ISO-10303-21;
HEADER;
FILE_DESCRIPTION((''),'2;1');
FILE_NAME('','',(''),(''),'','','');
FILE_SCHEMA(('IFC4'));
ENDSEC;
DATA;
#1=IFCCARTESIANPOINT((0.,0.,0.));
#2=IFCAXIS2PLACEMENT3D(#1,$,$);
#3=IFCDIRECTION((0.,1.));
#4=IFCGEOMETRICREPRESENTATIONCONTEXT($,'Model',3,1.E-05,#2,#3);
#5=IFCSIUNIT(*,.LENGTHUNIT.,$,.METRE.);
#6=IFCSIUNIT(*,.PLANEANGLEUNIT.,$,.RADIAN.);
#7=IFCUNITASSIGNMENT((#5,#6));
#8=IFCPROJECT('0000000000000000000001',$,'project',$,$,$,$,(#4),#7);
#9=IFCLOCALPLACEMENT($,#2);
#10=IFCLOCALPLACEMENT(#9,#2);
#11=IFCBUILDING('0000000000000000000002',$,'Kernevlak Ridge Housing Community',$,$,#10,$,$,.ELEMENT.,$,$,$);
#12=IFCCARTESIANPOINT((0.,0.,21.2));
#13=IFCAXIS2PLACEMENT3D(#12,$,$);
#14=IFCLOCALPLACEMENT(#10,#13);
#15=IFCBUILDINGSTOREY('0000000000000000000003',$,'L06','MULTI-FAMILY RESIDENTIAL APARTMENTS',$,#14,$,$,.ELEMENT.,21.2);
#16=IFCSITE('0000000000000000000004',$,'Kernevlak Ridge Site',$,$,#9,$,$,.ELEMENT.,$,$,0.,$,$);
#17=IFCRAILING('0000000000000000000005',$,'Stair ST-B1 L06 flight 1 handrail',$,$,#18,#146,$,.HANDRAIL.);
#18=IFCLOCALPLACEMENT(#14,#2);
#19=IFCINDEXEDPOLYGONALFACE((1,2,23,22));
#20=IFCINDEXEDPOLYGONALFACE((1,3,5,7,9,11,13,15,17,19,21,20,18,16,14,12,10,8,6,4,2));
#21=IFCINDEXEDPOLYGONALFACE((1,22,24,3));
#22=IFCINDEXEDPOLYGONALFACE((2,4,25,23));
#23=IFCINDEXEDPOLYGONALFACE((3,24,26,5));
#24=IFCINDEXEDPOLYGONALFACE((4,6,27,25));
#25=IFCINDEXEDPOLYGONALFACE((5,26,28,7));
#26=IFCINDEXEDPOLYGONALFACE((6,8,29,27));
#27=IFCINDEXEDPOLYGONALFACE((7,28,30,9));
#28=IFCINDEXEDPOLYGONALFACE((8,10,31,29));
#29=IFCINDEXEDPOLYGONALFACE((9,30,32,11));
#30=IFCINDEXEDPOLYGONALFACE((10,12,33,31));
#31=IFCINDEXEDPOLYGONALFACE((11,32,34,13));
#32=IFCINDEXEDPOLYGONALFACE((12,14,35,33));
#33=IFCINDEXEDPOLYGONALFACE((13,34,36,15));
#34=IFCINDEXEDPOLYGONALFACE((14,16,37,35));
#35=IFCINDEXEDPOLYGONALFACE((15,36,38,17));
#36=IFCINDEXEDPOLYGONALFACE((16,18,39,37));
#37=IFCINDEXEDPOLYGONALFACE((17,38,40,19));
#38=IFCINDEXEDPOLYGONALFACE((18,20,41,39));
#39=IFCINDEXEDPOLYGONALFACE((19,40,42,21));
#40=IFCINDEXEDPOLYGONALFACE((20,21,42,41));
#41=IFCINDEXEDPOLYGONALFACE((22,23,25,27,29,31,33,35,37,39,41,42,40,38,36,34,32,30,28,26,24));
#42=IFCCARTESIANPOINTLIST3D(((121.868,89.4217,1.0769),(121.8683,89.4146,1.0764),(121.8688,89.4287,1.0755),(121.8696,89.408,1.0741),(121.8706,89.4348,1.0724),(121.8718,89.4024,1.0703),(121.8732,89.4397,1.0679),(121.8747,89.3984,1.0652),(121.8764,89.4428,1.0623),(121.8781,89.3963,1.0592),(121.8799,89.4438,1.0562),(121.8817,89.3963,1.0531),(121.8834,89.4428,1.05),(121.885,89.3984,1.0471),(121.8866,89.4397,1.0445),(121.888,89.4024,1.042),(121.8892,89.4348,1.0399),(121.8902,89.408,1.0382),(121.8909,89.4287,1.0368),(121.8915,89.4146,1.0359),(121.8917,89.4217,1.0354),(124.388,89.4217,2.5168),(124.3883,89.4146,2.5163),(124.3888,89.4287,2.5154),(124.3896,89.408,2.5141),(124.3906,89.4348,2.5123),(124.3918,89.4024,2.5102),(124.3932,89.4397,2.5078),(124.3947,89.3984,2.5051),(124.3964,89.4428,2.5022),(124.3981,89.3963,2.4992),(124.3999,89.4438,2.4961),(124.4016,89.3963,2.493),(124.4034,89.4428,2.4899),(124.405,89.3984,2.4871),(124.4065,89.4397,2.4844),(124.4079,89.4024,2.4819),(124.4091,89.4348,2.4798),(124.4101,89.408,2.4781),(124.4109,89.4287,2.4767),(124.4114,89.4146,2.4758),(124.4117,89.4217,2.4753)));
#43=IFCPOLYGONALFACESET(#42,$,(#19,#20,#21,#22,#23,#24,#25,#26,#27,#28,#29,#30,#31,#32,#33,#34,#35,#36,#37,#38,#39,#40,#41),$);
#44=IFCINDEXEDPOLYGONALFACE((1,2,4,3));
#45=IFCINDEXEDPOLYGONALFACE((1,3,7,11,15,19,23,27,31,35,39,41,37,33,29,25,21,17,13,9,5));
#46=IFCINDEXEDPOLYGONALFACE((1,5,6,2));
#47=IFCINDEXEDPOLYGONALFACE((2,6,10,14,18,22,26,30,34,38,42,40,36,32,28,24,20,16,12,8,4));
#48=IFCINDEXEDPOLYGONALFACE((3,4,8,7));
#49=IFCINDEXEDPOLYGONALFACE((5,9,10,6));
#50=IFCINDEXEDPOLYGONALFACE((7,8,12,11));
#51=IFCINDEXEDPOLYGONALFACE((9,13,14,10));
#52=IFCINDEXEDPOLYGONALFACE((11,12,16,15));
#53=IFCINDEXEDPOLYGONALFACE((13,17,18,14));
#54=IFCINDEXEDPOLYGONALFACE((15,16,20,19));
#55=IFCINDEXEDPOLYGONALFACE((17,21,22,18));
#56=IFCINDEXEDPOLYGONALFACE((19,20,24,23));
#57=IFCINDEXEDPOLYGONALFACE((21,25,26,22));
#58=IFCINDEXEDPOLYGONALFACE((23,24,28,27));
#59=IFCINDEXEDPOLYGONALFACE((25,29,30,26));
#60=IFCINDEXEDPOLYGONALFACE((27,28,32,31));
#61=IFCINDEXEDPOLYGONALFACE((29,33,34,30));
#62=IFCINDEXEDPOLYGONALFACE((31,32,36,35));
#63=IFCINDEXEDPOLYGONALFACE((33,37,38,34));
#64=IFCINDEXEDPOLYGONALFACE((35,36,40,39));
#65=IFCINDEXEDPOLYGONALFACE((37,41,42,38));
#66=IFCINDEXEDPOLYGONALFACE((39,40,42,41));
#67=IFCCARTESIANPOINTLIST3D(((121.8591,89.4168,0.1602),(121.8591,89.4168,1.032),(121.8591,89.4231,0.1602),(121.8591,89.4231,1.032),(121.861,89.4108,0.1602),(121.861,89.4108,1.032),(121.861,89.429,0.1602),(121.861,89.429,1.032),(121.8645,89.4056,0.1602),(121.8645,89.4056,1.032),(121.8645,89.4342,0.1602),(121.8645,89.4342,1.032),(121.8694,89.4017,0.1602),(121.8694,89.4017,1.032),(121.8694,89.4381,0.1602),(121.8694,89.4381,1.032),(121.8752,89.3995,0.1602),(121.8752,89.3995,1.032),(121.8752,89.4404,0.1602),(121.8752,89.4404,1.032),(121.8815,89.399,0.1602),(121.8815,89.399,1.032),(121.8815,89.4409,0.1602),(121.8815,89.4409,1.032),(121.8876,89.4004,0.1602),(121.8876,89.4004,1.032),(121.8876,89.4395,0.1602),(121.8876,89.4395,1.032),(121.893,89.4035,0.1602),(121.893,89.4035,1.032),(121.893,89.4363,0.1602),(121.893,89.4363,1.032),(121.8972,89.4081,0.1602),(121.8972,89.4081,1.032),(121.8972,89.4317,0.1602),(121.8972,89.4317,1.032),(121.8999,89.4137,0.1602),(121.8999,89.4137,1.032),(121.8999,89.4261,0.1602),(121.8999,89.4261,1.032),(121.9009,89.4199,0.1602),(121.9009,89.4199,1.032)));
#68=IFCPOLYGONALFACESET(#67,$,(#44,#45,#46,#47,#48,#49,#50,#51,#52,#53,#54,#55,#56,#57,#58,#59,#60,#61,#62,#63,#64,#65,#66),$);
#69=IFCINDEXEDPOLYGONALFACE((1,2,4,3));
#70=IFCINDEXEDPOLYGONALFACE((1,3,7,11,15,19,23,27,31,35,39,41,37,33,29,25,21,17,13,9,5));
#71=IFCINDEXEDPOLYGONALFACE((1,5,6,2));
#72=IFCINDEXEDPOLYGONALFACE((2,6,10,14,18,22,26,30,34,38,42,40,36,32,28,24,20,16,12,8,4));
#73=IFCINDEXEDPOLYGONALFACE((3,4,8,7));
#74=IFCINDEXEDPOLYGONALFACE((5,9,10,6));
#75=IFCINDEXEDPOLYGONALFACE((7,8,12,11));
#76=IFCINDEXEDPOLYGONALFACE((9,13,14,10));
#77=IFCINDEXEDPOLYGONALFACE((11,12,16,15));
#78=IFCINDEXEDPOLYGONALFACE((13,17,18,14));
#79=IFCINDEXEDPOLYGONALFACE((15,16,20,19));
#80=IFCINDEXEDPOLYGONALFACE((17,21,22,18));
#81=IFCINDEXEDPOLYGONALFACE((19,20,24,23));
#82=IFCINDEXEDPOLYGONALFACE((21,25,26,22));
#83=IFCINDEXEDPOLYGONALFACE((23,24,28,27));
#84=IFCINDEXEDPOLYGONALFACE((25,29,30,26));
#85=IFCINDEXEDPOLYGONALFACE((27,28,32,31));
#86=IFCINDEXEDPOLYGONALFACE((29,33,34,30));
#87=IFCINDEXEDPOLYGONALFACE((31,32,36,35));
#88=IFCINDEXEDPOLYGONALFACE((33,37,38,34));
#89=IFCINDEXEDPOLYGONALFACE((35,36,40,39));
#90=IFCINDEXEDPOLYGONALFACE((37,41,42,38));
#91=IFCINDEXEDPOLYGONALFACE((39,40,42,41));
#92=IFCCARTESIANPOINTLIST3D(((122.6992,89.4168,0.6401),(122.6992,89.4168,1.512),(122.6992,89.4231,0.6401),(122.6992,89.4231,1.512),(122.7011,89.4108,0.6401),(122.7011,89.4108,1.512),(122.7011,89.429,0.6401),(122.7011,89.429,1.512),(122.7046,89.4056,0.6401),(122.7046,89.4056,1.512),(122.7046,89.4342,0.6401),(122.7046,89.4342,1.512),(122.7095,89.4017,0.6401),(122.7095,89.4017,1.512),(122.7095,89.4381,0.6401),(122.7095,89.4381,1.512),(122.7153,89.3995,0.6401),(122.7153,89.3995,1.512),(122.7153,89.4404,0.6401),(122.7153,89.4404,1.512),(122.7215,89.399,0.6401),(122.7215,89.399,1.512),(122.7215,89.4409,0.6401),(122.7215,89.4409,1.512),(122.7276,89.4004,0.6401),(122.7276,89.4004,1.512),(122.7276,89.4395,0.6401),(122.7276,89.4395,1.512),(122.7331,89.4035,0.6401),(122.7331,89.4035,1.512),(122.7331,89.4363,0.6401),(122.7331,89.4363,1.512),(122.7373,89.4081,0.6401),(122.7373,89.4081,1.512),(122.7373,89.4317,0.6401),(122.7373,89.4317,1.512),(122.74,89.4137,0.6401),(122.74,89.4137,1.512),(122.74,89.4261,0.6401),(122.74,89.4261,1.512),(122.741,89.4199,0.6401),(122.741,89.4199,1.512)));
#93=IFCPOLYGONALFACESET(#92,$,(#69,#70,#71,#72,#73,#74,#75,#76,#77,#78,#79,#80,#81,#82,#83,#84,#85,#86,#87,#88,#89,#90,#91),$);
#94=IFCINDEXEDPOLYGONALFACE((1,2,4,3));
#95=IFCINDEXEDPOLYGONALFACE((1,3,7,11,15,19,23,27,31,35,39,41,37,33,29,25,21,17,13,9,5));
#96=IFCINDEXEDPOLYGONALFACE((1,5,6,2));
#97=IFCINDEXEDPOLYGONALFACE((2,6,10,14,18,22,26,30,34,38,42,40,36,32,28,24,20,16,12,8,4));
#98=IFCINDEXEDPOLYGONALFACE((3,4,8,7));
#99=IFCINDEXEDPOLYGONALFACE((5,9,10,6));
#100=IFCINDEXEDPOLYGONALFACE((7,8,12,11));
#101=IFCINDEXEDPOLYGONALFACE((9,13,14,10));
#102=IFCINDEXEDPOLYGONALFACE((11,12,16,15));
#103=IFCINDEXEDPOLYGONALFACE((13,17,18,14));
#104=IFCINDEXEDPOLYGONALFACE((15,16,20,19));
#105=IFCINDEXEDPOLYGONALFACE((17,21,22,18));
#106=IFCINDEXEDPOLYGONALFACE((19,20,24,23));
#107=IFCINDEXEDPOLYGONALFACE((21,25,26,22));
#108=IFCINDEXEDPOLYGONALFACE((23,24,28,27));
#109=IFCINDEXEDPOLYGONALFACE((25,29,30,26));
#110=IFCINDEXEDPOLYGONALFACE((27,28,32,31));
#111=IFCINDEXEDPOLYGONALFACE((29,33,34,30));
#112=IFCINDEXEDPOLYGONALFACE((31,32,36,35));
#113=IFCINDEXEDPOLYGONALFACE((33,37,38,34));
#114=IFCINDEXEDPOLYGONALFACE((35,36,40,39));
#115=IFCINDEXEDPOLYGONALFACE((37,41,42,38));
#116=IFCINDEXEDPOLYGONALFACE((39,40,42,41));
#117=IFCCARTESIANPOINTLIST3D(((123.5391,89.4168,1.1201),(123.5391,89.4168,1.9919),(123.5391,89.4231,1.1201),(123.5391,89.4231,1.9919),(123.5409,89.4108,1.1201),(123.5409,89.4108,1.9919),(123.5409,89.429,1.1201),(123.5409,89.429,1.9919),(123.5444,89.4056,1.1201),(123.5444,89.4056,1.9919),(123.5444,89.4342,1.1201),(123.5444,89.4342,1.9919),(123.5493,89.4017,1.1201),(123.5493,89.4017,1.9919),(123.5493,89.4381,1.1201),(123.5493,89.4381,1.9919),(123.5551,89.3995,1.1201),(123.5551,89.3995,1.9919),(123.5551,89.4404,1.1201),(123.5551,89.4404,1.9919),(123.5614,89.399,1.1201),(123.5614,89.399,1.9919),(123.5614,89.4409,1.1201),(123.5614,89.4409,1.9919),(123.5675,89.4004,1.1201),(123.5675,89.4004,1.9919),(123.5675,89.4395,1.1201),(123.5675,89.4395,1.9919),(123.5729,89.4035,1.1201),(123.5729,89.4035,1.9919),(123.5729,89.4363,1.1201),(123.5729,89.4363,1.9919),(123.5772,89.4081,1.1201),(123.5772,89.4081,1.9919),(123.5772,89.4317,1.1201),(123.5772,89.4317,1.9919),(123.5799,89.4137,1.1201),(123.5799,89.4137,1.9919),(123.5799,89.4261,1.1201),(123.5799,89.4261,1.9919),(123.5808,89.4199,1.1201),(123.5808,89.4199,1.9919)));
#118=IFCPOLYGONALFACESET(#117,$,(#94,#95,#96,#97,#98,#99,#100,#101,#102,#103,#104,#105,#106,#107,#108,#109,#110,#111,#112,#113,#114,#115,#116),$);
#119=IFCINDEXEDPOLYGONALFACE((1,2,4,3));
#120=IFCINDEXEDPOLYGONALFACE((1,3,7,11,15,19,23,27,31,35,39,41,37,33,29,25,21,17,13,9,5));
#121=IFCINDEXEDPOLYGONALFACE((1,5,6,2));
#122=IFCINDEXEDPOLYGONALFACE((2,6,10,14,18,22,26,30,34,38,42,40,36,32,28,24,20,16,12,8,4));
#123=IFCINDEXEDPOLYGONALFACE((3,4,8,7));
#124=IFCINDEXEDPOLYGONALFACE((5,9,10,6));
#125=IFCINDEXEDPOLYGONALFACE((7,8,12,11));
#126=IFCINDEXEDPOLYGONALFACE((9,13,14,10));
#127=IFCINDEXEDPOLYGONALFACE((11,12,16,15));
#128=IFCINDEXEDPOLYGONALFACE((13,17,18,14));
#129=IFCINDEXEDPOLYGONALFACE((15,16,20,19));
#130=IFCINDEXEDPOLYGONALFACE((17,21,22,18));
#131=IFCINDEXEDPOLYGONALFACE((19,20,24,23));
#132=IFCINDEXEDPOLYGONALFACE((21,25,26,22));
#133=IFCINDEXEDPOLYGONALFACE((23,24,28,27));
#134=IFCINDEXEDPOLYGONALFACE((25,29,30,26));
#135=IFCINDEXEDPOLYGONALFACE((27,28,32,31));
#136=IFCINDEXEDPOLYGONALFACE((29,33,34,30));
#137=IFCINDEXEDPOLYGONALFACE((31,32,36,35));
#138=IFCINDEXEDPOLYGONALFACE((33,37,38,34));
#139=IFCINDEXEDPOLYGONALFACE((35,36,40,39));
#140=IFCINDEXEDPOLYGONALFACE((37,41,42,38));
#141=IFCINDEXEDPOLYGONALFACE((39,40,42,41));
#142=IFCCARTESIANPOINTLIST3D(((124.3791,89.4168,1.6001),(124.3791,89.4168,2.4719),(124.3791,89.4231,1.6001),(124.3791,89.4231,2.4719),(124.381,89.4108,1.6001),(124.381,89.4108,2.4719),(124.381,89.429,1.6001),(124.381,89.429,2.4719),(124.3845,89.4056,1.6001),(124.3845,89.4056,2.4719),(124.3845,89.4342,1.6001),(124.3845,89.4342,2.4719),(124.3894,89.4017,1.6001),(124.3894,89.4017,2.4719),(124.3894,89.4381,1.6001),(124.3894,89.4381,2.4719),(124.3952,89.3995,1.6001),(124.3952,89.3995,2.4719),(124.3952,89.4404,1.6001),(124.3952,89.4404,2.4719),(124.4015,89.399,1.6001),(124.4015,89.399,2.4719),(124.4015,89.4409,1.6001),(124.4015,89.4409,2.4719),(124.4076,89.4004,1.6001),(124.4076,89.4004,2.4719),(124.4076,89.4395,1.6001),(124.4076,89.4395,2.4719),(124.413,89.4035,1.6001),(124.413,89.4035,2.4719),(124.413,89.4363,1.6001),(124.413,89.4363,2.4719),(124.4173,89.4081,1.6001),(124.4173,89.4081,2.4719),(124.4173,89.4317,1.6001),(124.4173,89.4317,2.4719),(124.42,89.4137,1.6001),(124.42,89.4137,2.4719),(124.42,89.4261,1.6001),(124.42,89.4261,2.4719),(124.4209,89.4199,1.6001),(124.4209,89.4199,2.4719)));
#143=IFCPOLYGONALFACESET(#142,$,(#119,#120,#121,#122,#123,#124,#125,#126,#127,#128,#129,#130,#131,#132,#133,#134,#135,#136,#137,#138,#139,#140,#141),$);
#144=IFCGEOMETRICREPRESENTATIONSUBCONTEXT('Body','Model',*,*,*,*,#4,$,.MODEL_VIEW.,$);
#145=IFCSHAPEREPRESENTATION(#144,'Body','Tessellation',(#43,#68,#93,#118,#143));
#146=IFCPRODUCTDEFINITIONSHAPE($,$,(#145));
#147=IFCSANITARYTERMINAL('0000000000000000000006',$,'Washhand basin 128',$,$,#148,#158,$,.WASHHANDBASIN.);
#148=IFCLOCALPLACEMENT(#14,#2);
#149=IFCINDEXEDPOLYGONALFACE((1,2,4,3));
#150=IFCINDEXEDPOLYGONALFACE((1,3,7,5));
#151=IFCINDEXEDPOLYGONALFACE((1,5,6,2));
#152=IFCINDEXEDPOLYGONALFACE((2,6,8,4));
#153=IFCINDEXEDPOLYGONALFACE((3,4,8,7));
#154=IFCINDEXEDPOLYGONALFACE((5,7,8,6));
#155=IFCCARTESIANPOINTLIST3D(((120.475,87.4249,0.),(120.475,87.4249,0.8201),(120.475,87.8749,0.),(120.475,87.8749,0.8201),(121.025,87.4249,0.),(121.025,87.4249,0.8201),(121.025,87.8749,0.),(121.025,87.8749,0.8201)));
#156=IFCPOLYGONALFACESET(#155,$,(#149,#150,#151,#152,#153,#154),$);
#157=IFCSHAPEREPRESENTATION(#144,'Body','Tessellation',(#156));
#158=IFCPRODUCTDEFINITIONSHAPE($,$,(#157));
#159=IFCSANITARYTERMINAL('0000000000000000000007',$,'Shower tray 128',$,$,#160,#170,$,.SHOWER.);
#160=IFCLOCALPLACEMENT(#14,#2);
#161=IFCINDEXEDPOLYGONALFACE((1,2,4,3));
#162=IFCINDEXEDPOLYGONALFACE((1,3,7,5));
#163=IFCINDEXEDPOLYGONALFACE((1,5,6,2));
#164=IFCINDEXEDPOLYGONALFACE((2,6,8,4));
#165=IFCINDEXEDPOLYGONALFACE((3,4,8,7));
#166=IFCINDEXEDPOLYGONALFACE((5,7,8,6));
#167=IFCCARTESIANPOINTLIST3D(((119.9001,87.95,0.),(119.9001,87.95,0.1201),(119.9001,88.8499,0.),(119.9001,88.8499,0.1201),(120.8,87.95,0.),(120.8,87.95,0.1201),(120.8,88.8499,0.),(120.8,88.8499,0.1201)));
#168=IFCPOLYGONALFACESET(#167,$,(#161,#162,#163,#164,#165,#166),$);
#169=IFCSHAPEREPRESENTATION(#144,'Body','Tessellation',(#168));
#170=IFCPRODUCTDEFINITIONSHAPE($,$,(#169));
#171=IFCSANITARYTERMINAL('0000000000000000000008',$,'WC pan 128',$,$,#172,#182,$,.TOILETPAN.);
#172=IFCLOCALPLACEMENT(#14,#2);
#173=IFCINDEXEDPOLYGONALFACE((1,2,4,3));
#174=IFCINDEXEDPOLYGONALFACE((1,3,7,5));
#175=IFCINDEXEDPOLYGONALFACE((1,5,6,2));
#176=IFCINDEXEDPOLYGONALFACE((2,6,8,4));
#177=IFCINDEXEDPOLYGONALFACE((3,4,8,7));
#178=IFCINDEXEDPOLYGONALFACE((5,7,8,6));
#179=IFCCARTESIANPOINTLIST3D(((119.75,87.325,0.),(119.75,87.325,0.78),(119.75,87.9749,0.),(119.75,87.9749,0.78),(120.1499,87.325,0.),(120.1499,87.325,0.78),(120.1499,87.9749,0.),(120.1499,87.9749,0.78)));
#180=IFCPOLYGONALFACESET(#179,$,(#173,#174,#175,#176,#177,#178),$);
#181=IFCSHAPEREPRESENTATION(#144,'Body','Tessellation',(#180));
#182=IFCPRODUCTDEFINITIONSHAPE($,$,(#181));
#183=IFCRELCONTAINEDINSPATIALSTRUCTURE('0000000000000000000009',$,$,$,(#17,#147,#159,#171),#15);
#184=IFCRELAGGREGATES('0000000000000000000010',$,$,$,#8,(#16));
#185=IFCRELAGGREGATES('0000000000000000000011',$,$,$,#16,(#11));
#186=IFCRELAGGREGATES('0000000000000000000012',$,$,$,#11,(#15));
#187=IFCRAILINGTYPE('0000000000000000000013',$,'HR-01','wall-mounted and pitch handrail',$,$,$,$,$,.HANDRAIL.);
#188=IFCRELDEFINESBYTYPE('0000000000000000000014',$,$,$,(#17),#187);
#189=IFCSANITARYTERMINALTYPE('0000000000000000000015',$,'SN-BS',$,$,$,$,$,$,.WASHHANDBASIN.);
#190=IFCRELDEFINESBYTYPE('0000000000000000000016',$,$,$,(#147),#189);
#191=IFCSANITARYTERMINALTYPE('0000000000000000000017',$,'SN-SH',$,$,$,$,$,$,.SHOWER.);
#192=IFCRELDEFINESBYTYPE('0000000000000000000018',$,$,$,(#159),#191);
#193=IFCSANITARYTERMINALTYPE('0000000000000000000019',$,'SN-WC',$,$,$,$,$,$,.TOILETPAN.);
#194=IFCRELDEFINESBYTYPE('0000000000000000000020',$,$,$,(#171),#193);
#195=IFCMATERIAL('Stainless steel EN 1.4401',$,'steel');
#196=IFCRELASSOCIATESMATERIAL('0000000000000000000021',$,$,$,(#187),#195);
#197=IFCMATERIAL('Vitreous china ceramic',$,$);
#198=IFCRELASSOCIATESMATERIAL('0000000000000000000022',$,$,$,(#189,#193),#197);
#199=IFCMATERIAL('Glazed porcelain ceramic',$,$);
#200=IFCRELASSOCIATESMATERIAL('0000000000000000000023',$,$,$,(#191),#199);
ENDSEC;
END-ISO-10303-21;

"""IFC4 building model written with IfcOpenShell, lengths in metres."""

from ifc_helpers import new_model, si_unit, direction, frame, origin, origin_2d, place, context, subcontext, project, spatial, rectangle, circle, extrude, material, type_object, element, save


model = new_model("IFC4")

# Units and contexts
model_context = context("Model", 3, precision=1e-05, world=origin(), true_north=direction((0.0, 1.0)))
body_context = subcontext(model_context, "Body", "Model", "MODEL_VIEW")
ifc_project = project(units=[si_unit("LENGTHUNIT", "METRE"), si_unit("PLANEANGLEUNIT", "RADIAN")], contexts=[model_context])

# Site, building, storey
site_placement = place(None, origin())
site = spatial("IfcSite", under=ifc_project, at=site_placement, Name="Kernevlak Ridge Site", CompositionType="ELEMENT", RefElevation=0.0)
building_placement = place(site_placement, origin())
building = spatial("IfcBuilding", under=site, at=building_placement, Name="Kernevlak Ridge Housing Community", CompositionType="ELEMENT")
storey_placement = place(building_placement, frame((0.0, 0.0, 21.2)))
storey = spatial("IfcBuildingStorey", under=building, at=storey_placement, Name="L06", Description="MULTI-FAMILY RESIDENTIAL APARTMENTS", CompositionType="ELEMENT", Elevation=21.2)

# Railing
ifc_material_1 = material(Name="Stainless steel EN 1.4401", Category="steel")
railing_type_1 = type_object("IfcRailingType", Name="HR-01", Description="wall-mounted and pitch handrail", PredefinedType="HANDRAIL", material=ifc_material_1)
railing_1_placement = place(storey_placement, frame((121.8799, 89.4199, 0.1602)))
element("IfcRailing", 1, at=railing_1_placement, inside=storey, type_object=railing_type_1, Name="Stair ST-B1 L06 flight 1 handrail", PredefinedType="HANDRAIL", context=body_context, shape_type="SweptSolid", body=[
    extrude(circle(Radius=0.0239, at=origin_2d()), frame((0.0, 0.0, 0.896), z_axis=(0.868253, 0.0, 0.496121), x_axis=(0.0, 1.0, 0.0)), (0.0, 0.0, 1.0), 2.9023),
    extrude(circle(Radius=0.021, at=origin_2d()), origin(), (0.0, 0.0, 1.0), 0.8718),
    extrude(circle(Radius=0.021, at=origin_2d()), frame((0.8401, 0.0, 0.48)), (0.0, 0.0, 1.0), 0.8718),
    extrude(circle(Radius=0.021, at=origin_2d()), frame((1.6799, 0.0, 0.96)), (0.0, 0.0, 1.0), 0.8718),
    extrude(circle(Radius=0.021, at=origin_2d()), frame((2.52, 0.0, 1.4399)), (0.0, 0.0, 1.0), 0.8718),
])

# Sanitary terminals
ifc_material_2 = material(Name="Vitreous china ceramic")
sanitary_terminal_type_1 = type_object("IfcSanitaryTerminalType", Name="SN-BS", PredefinedType="WASHHANDBASIN", material=ifc_material_2)
sanitary_terminal_1_placement = place(storey_placement, frame((120.75, 87.6499, 0.0), z_axis=(0.0, 0.0, 1.0), x_axis=(1.0, 0.0, 0.0)))
element("IfcSanitaryTerminal", 2, at=sanitary_terminal_1_placement, inside=storey, type_object=sanitary_terminal_type_1, Name="Washhand basin 128", PredefinedType="WASHHANDBASIN", context=body_context, shape_type="SweptSolid", body=[
    extrude(rectangle(XDim=0.55, YDim=0.45, at=origin_2d()), origin(), (0.0, 0.0, 1.0), 0.8201),
])
ifc_material_3 = material(Name="Glazed porcelain ceramic")
sanitary_terminal_type_2 = type_object("IfcSanitaryTerminalType", Name="SN-SH", PredefinedType="SHOWER", material=ifc_material_3)
sanitary_terminal_2_placement = place(storey_placement, frame((120.3501, 88.3999, 0.0), z_axis=(0.0, 0.0, 1.0), x_axis=(1.0, 0.0, 0.0)))
element("IfcSanitaryTerminal", 3, at=sanitary_terminal_2_placement, inside=storey, type_object=sanitary_terminal_type_2, Name="Shower tray 128", PredefinedType="SHOWER", context=body_context, shape_type="SweptSolid", body=[
    extrude(rectangle(XDim=0.8999, YDim=0.8999, at=origin_2d()), origin(), (0.0, 0.0, 1.0), 0.1201),
])
sanitary_terminal_type_3 = type_object("IfcSanitaryTerminalType", Name="SN-WC", PredefinedType="TOILETPAN", material=ifc_material_2)
sanitary_terminal_3_placement = place(storey_placement, frame((119.95, 87.6499, 0.0), z_axis=(0.0, 0.0, 1.0), x_axis=(1.0, 0.0, 0.0)))
element("IfcSanitaryTerminal", 4, at=sanitary_terminal_3_placement, inside=storey, type_object=sanitary_terminal_type_3, Name="WC pan 128", PredefinedType="TOILETPAN", context=body_context, shape_type="SweptSolid", body=[
    extrude(rectangle(XDim=0.3999, YDim=0.6499, at=origin_2d()), origin(), (0.0, 0.0, 1.0), 0.78),
])

save(model, "model.ifc")
